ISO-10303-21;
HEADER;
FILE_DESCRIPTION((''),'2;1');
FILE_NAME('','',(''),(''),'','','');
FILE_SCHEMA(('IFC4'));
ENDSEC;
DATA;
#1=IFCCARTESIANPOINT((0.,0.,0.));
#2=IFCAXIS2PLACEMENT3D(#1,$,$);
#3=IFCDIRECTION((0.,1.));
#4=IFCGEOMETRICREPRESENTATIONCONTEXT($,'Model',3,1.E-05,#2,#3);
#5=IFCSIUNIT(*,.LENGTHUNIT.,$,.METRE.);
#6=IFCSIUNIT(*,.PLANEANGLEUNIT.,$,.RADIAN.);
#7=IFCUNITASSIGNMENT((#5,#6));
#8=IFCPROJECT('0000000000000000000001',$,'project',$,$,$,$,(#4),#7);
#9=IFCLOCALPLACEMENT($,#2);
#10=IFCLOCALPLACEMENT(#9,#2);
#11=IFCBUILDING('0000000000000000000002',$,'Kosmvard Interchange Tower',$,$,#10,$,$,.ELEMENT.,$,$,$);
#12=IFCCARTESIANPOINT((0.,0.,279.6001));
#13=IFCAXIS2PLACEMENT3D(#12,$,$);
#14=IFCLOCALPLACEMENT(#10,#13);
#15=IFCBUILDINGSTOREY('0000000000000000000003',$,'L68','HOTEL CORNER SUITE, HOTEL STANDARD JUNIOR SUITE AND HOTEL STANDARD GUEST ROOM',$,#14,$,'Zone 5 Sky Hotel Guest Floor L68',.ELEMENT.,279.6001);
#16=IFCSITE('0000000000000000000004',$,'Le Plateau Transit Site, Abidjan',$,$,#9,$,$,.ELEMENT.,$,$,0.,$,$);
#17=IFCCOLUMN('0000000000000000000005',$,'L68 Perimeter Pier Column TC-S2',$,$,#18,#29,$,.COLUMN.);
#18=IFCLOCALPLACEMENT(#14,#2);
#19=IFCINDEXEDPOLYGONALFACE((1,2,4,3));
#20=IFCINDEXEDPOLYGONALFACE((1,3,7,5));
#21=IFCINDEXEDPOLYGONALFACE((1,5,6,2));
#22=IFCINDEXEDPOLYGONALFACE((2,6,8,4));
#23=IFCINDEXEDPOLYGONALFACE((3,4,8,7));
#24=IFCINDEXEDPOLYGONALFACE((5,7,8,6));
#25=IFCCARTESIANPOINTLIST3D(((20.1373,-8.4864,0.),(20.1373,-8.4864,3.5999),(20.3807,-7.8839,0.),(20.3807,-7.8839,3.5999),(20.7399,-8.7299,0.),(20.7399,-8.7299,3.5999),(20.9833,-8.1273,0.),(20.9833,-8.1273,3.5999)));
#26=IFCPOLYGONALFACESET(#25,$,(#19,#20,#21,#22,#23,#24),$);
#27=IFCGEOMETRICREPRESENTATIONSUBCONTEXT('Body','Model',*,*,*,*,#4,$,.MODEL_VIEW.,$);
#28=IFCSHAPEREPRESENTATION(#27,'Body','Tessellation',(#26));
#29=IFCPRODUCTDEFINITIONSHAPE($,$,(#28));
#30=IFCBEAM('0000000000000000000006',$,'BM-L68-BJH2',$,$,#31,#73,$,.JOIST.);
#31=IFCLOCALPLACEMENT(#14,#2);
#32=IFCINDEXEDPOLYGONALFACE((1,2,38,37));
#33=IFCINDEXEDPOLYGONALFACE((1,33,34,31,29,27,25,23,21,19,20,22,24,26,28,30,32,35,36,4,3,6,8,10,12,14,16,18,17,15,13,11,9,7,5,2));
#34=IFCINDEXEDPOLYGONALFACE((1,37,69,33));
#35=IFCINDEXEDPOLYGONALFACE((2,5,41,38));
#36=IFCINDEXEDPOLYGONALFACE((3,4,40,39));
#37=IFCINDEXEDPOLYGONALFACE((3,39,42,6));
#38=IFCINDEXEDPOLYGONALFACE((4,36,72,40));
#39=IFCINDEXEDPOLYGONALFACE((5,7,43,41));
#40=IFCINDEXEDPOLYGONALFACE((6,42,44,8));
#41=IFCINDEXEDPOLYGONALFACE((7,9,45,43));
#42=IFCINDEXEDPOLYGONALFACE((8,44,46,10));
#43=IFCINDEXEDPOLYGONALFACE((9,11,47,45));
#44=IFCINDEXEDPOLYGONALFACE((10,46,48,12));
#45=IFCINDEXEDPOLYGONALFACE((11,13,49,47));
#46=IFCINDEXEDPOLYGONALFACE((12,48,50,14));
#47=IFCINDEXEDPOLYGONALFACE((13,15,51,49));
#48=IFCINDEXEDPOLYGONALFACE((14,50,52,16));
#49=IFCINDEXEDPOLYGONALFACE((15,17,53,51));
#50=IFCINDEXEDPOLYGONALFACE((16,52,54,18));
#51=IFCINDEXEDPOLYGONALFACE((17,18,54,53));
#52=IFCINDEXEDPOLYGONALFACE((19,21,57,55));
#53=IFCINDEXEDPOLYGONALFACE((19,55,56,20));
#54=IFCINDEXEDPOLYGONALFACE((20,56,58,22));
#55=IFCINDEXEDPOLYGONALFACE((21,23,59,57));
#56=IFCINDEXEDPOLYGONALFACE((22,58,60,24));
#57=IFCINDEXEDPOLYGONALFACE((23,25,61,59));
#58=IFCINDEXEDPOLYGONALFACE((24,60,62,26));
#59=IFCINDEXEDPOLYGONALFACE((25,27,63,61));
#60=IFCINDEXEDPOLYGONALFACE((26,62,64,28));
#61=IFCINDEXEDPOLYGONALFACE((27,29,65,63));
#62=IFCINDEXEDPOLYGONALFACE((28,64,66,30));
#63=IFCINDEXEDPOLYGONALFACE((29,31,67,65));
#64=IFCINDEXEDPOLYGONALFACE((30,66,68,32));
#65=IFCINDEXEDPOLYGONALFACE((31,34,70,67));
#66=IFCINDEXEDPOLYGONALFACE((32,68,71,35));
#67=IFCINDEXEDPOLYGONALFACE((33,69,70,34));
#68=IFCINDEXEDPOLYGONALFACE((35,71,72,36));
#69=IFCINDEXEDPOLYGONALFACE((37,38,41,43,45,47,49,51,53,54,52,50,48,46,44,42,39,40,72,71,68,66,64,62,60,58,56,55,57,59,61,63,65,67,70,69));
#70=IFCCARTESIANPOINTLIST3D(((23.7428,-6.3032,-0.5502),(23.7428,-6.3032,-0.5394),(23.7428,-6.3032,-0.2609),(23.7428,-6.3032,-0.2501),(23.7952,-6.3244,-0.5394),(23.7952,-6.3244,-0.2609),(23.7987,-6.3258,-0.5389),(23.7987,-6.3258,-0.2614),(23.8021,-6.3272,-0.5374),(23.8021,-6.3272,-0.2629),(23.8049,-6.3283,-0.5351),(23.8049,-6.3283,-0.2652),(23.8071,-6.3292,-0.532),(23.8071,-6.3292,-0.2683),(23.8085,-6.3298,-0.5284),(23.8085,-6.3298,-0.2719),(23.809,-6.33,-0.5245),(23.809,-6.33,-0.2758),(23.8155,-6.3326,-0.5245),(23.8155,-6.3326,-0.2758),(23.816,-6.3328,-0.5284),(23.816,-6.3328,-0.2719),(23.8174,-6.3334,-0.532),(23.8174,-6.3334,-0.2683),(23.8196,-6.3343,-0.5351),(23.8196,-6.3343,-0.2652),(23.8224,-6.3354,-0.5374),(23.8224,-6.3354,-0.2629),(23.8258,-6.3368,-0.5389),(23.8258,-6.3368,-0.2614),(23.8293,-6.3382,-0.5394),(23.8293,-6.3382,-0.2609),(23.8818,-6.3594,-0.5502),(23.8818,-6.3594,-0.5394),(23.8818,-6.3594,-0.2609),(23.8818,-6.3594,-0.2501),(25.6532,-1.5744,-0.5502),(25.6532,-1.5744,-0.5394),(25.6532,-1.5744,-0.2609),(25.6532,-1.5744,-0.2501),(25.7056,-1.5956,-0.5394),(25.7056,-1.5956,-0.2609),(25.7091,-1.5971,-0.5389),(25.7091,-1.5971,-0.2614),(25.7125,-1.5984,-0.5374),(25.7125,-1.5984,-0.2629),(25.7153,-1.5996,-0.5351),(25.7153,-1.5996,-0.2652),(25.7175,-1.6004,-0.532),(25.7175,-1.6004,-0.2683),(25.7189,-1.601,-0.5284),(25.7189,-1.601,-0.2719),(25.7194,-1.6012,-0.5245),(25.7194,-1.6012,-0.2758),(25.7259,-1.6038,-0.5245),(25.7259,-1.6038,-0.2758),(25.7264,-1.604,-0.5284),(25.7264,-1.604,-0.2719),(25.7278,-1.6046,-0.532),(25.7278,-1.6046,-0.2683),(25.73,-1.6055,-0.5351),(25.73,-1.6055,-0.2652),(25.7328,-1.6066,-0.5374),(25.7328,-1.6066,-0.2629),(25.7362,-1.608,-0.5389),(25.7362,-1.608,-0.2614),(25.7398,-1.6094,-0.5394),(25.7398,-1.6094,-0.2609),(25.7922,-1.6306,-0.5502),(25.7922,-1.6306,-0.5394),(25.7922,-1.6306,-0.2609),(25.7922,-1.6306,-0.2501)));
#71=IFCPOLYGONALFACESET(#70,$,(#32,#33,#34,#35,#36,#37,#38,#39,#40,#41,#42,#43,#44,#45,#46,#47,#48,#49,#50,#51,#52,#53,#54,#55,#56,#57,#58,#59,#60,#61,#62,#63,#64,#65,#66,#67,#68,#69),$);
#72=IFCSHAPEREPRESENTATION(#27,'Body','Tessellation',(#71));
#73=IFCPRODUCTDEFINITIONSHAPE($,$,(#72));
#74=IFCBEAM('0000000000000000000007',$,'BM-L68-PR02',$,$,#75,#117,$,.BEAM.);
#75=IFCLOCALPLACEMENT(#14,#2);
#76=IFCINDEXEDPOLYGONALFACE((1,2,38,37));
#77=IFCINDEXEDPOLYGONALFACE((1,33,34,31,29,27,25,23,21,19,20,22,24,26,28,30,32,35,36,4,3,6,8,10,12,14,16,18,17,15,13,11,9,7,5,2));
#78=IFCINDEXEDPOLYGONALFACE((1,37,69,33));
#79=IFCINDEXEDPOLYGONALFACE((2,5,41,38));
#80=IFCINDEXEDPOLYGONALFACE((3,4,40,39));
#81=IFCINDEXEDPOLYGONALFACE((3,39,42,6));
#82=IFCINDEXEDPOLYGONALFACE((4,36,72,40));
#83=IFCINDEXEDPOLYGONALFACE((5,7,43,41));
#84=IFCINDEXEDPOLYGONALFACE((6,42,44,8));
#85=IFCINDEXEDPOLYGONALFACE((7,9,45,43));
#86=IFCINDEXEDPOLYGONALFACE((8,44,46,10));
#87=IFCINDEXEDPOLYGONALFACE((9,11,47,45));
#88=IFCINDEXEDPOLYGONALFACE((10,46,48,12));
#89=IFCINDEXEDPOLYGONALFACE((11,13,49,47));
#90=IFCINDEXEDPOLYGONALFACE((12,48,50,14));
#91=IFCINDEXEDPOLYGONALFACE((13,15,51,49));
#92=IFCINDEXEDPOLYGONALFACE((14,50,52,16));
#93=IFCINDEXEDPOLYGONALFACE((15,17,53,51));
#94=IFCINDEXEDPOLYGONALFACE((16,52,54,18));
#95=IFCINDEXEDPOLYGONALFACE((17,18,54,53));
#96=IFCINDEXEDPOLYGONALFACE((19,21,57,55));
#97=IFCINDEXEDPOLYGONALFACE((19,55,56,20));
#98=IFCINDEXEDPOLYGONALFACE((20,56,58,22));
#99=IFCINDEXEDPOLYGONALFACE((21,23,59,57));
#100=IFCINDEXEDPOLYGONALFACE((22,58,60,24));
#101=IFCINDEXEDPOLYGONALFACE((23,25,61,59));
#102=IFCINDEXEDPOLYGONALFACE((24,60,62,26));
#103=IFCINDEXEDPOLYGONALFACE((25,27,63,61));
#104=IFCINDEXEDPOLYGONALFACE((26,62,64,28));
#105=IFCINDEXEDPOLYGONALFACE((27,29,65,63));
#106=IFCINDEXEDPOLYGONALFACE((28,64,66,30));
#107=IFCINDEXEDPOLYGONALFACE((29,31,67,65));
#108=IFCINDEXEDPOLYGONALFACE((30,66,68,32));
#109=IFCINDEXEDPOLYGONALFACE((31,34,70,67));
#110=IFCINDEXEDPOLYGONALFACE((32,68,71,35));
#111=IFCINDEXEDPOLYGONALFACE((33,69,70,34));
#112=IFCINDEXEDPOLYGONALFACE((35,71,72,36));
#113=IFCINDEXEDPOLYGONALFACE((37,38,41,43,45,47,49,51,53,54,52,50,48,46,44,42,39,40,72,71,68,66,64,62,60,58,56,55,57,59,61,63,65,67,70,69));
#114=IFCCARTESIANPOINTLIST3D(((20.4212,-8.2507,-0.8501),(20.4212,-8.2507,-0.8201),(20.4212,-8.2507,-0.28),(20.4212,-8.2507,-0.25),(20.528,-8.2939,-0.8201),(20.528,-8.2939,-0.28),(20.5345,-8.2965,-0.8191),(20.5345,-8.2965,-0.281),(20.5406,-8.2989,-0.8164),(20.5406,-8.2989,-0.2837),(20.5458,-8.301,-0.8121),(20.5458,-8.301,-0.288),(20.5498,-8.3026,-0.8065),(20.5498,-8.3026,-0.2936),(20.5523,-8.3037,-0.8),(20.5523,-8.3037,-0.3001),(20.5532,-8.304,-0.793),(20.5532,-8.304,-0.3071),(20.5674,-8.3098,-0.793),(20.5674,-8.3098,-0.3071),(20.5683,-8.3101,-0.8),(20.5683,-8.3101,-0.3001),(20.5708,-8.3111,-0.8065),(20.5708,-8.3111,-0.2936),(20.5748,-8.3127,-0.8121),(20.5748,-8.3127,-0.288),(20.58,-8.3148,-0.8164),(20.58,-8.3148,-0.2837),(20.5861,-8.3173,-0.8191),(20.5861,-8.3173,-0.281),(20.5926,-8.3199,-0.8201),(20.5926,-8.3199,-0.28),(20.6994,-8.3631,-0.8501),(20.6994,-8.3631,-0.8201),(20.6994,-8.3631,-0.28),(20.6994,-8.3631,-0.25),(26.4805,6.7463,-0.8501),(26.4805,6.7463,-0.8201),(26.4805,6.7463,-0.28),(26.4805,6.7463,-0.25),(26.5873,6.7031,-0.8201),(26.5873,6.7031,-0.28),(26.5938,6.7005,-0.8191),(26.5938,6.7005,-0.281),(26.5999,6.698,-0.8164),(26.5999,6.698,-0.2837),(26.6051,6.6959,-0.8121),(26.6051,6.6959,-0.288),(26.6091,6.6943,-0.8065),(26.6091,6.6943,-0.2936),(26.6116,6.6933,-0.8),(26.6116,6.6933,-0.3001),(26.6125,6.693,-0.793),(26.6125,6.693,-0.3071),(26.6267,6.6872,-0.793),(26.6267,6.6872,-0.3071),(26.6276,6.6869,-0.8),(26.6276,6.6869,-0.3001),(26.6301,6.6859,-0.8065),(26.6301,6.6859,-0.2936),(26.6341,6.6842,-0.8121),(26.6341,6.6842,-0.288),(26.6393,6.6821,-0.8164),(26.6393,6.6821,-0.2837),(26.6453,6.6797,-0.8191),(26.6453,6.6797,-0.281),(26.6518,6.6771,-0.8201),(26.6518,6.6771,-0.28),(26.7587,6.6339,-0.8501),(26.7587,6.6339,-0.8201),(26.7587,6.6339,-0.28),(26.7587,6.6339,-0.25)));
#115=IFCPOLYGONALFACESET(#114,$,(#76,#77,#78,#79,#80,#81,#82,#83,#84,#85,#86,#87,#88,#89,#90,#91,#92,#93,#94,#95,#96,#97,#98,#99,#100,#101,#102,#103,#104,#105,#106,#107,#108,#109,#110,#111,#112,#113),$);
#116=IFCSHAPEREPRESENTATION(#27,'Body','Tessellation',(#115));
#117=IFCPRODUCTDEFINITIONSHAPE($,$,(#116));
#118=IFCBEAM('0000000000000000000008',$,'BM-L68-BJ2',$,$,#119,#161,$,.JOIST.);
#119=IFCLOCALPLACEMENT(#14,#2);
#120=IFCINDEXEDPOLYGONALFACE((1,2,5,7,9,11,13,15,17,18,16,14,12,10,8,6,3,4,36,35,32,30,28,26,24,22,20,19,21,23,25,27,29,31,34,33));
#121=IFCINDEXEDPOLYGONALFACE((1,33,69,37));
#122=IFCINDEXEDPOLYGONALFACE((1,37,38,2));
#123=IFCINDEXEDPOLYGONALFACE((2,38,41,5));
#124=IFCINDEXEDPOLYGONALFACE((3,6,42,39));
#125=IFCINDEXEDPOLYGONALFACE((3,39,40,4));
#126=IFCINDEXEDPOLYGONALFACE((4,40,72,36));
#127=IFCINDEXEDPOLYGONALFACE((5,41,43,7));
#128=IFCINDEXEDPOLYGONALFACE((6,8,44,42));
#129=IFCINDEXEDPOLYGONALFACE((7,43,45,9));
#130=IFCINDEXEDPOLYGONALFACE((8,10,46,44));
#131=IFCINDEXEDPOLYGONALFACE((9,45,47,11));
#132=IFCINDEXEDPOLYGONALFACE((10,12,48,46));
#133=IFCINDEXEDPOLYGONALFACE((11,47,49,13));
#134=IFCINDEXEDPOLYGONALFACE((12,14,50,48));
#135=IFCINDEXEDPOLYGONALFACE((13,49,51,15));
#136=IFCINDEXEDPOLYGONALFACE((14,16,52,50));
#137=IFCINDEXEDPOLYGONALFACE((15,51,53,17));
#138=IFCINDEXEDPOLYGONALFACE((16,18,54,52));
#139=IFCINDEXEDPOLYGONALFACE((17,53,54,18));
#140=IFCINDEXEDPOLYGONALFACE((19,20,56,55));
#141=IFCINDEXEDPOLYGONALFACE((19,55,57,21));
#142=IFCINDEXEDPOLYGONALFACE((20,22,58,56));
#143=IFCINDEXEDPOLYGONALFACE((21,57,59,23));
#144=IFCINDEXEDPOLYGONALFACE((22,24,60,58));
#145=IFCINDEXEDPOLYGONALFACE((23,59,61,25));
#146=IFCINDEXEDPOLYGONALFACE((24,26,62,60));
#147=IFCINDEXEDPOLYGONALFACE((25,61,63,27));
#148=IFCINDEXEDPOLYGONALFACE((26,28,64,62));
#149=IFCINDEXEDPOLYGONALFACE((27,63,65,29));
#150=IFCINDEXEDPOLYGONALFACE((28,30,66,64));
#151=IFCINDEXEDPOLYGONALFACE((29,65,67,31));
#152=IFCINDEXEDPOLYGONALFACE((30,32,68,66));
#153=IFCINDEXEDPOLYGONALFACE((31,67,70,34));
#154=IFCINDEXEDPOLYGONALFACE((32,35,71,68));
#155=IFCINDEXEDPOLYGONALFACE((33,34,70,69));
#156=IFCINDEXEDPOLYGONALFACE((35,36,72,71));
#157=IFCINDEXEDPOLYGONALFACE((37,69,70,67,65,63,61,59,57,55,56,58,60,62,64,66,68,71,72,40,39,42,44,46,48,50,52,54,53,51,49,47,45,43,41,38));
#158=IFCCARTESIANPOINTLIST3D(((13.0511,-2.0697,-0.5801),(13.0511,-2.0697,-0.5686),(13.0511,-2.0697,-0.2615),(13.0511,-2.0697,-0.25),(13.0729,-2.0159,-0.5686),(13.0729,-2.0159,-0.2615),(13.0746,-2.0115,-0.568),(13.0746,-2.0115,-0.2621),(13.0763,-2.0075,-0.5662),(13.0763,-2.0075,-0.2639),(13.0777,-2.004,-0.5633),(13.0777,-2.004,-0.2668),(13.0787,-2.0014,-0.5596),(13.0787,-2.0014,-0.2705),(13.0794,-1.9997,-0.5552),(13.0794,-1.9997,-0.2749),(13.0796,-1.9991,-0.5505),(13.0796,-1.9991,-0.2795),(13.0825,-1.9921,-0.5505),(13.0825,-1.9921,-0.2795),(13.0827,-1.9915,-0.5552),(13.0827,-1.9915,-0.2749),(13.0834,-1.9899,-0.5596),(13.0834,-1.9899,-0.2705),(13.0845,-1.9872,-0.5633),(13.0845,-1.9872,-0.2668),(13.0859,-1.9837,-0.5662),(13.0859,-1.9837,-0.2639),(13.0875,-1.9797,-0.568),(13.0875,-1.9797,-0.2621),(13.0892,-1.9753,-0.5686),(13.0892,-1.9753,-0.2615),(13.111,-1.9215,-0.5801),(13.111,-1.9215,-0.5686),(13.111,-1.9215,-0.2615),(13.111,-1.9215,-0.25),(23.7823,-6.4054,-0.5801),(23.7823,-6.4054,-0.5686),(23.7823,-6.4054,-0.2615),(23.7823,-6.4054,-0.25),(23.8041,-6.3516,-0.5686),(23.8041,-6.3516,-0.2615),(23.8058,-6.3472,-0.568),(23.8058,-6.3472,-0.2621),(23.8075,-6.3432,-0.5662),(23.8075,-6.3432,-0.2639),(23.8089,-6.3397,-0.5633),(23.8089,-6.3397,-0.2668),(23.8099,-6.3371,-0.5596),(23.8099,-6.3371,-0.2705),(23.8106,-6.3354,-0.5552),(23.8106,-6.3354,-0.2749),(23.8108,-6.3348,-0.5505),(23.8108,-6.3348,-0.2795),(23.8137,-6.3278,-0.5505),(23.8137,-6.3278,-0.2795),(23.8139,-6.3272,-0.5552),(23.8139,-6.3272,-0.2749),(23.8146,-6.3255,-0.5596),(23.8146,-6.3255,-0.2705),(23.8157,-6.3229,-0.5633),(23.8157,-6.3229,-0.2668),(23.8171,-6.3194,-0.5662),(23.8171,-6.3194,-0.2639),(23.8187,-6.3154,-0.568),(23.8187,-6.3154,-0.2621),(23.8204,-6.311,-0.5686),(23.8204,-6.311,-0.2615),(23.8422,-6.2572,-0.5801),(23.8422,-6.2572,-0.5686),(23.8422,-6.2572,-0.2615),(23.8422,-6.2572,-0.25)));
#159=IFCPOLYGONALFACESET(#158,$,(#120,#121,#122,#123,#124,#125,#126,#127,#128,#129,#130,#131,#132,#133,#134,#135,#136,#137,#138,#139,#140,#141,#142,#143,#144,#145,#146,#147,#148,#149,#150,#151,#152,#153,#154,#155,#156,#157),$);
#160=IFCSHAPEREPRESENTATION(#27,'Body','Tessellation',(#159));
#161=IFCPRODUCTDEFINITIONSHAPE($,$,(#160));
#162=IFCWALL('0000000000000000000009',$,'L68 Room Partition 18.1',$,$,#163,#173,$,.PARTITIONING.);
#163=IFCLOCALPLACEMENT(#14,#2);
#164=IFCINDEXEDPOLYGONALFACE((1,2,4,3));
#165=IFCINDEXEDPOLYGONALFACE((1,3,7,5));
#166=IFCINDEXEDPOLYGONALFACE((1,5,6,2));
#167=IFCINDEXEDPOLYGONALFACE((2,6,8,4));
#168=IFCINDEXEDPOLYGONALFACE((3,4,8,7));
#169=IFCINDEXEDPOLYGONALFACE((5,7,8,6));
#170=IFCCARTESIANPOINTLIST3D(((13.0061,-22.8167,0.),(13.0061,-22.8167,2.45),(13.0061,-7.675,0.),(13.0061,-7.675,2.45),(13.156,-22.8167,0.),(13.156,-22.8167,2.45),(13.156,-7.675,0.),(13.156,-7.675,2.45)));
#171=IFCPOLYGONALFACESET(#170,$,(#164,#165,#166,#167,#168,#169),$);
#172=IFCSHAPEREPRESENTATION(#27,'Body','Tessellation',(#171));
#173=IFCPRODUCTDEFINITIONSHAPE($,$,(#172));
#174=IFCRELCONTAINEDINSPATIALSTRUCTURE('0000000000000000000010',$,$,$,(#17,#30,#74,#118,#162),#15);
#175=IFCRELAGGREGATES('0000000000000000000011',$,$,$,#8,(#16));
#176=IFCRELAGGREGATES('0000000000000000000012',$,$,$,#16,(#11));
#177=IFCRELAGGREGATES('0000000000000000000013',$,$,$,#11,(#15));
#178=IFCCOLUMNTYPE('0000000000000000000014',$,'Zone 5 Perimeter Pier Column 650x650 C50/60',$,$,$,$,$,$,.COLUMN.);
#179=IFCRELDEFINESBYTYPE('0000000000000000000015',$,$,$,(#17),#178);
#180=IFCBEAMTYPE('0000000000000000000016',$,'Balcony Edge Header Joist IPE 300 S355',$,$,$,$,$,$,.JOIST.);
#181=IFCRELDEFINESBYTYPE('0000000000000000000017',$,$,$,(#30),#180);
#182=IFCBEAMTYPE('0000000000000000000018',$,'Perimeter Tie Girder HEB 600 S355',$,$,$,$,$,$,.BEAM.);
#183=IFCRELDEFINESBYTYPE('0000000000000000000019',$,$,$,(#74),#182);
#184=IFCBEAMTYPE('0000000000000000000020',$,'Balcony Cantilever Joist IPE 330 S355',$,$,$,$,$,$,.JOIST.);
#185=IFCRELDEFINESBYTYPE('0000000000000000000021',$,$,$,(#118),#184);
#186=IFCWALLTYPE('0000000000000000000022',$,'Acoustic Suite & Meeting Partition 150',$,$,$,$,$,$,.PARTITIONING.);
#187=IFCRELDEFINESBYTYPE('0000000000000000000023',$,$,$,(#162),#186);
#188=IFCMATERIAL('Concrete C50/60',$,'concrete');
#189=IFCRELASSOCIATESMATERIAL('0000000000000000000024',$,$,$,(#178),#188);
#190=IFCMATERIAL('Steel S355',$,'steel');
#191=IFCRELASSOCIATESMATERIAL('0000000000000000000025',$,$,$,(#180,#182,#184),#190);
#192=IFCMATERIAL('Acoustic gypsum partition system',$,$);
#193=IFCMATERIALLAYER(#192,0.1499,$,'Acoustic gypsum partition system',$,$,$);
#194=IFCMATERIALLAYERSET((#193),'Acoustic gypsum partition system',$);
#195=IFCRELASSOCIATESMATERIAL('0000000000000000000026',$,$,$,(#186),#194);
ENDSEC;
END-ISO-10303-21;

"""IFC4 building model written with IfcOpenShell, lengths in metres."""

from ifc_helpers import new_model, si_unit, direction, frame, frame_2d, origin, origin_2d, place, context, subcontext, project, spatial, rectangle, i_section, extrude, source, transform, mapped, material, layer, layer_set, material_profile, profile_set, type_object, element, save


model = new_model("IFC4")

# Units and contexts
model_context = context("Model", 3, precision=1e-05, world=origin(), true_north=direction((0.0, 1.0)))
body_context = subcontext(model_context, "Body", "Model", "MODEL_VIEW")
ifc_project = project(units=[si_unit("LENGTHUNIT", "METRE"), si_unit("PLANEANGLEUNIT", "RADIAN")], contexts=[model_context])

# Site, building, storey
site_placement = place(None, origin())
site = spatial("IfcSite", under=ifc_project, at=site_placement, Name="Le Plateau Transit Site, Abidjan", CompositionType="ELEMENT", RefElevation=0.0)
building_placement = place(site_placement, origin())
building = spatial("IfcBuilding", under=site, at=building_placement, Name="Kosmvard Interchange Tower", CompositionType="ELEMENT")
storey_placement = place(building_placement, frame((0.0, 0.0, 279.6001)))
storey = spatial("IfcBuildingStorey", under=building, at=storey_placement, Name="L68", Description="HOTEL CORNER SUITE, HOTEL STANDARD JUNIOR SUITE AND HOTEL STANDARD GUEST ROOM", LongName="Zone 5 Sky Hotel Guest Floor L68", CompositionType="ELEMENT", Elevation=279.6001)

# Column
ifc_material_1 = material(Name="Concrete C50/60", Category="concrete")
ifc_material_profile_1 = material_profile(ifc_material_1, rectangle(XDim=0.6499, YDim=0.6499, at=origin_2d()), Name="TC 650x650")
ifc_profile_set_1 = profile_set([ifc_material_profile_1], Name="Concrete C50/60")
column_type = type_object("IfcColumnType", Name="Zone 5 Perimeter Pier Column 650x650 C50/60", PredefinedType="COLUMN", material=ifc_profile_set_1)
shared_shape_1 = source(origin(), body_context, "Body", "SweptSolid", [
    extrude(rectangle(XDim=0.6499, YDim=0.6499, at=origin_2d()), origin(), (0.0, 0.0, 1.0), 3.5999),
])
column_placement = place(storey_placement, frame((20.5603, -8.3069, 0.0), z_axis=(0.0, 0.0, 1.0), x_axis=(0.374607, 0.927184, 0.0)))
element("IfcColumn", 1, at=column_placement, inside=storey, type_object=column_type, Name="L68 Perimeter Pier Column TC-S2", PredefinedType="COLUMN", context=body_context, shape_type="MappedRepresentation", body=[
    mapped(shared_shape_1, transform((0.0, 0.0, 0.0), scale=1.0)),
])

# Beams
ifc_material_2 = material(Name="Steel S355", Category="steel")
ifc_material_profile_2 = material_profile(ifc_material_2, i_section(OverallWidth=0.1499, OverallDepth=0.3, WebThickness=0.0071, FlangeThickness=0.0107, FilletRadius=0.0149, at=origin_2d()), Name="IPE 300")
ifc_profile_set_2 = profile_set([ifc_material_profile_2], Name="Steel S355")
beam_type_1 = type_object("IfcBeamType", Name="Balcony Edge Header Joist IPE 300 S355", PredefinedType="JOIST", material=ifc_profile_set_2)
shared_shape_2 = source(origin(), body_context, "Body", "SweptSolid", [
    extrude(i_section(OverallWidth=0.1499, OverallDepth=0.3, WebThickness=0.0071, FlangeThickness=0.0107, FilletRadius=0.0149, at=origin_2d()), origin(), (0.0, 0.0, 1.0), 5.1001),
])
beam_1_placement = place(storey_placement, frame((23.8123, -6.3313, -0.4001), z_axis=(0.374583, 0.927194, 0.0), x_axis=(-0.927194, 0.374583, 0.0)))
element("IfcBeam", 2, at=beam_1_placement, inside=storey, type_object=beam_type_1, Name="BM-L68-BJH2", PredefinedType="JOIST", context=body_context, shape_type="MappedRepresentation", body=[
    mapped(shared_shape_2, transform((0.0, 0.0, 0.0), scale=1.0)),
])
ifc_material_profile_3 = material_profile(ifc_material_2, i_section(OverallWidth=0.3, OverallDepth=0.6001, WebThickness=0.0154, FlangeThickness=0.03, FilletRadius=0.0271, at=origin_2d()), Name="HEB 600")
ifc_profile_set_3 = profile_set([ifc_material_profile_3], Name="Steel S355")
beam_type_2 = type_object("IfcBeamType", Name="Perimeter Tie Girder HEB 600 S355", PredefinedType="BEAM", material=ifc_profile_set_3)
shared_shape_3 = source(origin(), body_context, "Body", "SweptSolid", [
    extrude(i_section(OverallWidth=0.3, OverallDepth=0.6001, WebThickness=0.0154, FlangeThickness=0.03, FilletRadius=0.0271, at=origin_2d()), origin(), (0.0, 0.0, 1.0), 16.1748),
])
beam_2_placement = place(storey_placement, frame((20.5603, -8.3069, -0.55), z_axis=(0.374613, 0.927181, 0.0), x_axis=(-0.927181, 0.374613, 0.0)))
element("IfcBeam", 3, at=beam_2_placement, inside=storey, type_object=beam_type_2, Name="BM-L68-PR02", PredefinedType="BEAM", context=body_context, shape_type="MappedRepresentation", body=[
    mapped(shared_shape_3, transform((0.0, 0.0, 0.0), scale=1.0)),
])
ifc_material_profile_4 = material_profile(ifc_material_2, i_section(OverallWidth=0.1599, OverallDepth=0.3301, WebThickness=0.0076, FlangeThickness=0.0115, FilletRadius=0.0181, at=origin_2d()), Name="IPE 330")
ifc_profile_set_4 = profile_set([ifc_material_profile_4], Name="Steel S355")
beam_type_3 = type_object("IfcBeamType", Name="Balcony Cantilever Joist IPE 330 S355", PredefinedType="JOIST", material=ifc_profile_set_4)
shared_shape_4 = source(origin(), body_context, "Body", "SweptSolid", [
    extrude(i_section(OverallWidth=0.1599, OverallDepth=0.3301, WebThickness=0.0076, FlangeThickness=0.0115, FilletRadius=0.0181, at=origin_2d()), origin(), (0.0, 0.0, 1.0), 11.574),
])
beam_3_placement = place(storey_placement, frame((13.0811, -1.9956, -0.415), z_axis=(0.927184, -0.374607, 0.0), x_axis=(0.374607, 0.927184, 0.0)))
element("IfcBeam", 4, at=beam_3_placement, inside=storey, type_object=beam_type_3, Name="BM-L68-BJ2", PredefinedType="JOIST", context=body_context, shape_type="MappedRepresentation", body=[
    mapped(shared_shape_4, transform((0.0, 0.0, 0.0), scale=1.0)),
])

# Wall
ifc_material_3 = material(Name="Acoustic gypsum partition system")
ifc_layer_1 = layer(ifc_material_3, 0.1499, Name="Acoustic gypsum partition system")
ifc_layer_set_1 = layer_set([ifc_layer_1], Name="Acoustic gypsum partition system")
wall_type_1 = type_object("IfcWallType", Name="Acoustic Suite & Meeting Partition 150", PredefinedType="PARTITIONING", material=ifc_layer_set_1)
wall_1_placement = place(storey_placement, frame((13.0811, -7.675, 0.0), z_axis=(0.0, 0.0, 1.0), x_axis=(0.0, -1.0, 0.0)))
element("IfcWall", 5, at=wall_1_placement, inside=storey, type_object=wall_type_1, Name="L68 Room Partition 18.1", PredefinedType="PARTITIONING", context=body_context, shape_type="SweptSolid", body=[
    extrude(rectangle(XDim=15.1416, YDim=0.1499, at=frame_2d((7.5708, 0.0))), origin(), (0.0, 0.0, 1.0), 2.45),
])

save(model, "model.ifc")
